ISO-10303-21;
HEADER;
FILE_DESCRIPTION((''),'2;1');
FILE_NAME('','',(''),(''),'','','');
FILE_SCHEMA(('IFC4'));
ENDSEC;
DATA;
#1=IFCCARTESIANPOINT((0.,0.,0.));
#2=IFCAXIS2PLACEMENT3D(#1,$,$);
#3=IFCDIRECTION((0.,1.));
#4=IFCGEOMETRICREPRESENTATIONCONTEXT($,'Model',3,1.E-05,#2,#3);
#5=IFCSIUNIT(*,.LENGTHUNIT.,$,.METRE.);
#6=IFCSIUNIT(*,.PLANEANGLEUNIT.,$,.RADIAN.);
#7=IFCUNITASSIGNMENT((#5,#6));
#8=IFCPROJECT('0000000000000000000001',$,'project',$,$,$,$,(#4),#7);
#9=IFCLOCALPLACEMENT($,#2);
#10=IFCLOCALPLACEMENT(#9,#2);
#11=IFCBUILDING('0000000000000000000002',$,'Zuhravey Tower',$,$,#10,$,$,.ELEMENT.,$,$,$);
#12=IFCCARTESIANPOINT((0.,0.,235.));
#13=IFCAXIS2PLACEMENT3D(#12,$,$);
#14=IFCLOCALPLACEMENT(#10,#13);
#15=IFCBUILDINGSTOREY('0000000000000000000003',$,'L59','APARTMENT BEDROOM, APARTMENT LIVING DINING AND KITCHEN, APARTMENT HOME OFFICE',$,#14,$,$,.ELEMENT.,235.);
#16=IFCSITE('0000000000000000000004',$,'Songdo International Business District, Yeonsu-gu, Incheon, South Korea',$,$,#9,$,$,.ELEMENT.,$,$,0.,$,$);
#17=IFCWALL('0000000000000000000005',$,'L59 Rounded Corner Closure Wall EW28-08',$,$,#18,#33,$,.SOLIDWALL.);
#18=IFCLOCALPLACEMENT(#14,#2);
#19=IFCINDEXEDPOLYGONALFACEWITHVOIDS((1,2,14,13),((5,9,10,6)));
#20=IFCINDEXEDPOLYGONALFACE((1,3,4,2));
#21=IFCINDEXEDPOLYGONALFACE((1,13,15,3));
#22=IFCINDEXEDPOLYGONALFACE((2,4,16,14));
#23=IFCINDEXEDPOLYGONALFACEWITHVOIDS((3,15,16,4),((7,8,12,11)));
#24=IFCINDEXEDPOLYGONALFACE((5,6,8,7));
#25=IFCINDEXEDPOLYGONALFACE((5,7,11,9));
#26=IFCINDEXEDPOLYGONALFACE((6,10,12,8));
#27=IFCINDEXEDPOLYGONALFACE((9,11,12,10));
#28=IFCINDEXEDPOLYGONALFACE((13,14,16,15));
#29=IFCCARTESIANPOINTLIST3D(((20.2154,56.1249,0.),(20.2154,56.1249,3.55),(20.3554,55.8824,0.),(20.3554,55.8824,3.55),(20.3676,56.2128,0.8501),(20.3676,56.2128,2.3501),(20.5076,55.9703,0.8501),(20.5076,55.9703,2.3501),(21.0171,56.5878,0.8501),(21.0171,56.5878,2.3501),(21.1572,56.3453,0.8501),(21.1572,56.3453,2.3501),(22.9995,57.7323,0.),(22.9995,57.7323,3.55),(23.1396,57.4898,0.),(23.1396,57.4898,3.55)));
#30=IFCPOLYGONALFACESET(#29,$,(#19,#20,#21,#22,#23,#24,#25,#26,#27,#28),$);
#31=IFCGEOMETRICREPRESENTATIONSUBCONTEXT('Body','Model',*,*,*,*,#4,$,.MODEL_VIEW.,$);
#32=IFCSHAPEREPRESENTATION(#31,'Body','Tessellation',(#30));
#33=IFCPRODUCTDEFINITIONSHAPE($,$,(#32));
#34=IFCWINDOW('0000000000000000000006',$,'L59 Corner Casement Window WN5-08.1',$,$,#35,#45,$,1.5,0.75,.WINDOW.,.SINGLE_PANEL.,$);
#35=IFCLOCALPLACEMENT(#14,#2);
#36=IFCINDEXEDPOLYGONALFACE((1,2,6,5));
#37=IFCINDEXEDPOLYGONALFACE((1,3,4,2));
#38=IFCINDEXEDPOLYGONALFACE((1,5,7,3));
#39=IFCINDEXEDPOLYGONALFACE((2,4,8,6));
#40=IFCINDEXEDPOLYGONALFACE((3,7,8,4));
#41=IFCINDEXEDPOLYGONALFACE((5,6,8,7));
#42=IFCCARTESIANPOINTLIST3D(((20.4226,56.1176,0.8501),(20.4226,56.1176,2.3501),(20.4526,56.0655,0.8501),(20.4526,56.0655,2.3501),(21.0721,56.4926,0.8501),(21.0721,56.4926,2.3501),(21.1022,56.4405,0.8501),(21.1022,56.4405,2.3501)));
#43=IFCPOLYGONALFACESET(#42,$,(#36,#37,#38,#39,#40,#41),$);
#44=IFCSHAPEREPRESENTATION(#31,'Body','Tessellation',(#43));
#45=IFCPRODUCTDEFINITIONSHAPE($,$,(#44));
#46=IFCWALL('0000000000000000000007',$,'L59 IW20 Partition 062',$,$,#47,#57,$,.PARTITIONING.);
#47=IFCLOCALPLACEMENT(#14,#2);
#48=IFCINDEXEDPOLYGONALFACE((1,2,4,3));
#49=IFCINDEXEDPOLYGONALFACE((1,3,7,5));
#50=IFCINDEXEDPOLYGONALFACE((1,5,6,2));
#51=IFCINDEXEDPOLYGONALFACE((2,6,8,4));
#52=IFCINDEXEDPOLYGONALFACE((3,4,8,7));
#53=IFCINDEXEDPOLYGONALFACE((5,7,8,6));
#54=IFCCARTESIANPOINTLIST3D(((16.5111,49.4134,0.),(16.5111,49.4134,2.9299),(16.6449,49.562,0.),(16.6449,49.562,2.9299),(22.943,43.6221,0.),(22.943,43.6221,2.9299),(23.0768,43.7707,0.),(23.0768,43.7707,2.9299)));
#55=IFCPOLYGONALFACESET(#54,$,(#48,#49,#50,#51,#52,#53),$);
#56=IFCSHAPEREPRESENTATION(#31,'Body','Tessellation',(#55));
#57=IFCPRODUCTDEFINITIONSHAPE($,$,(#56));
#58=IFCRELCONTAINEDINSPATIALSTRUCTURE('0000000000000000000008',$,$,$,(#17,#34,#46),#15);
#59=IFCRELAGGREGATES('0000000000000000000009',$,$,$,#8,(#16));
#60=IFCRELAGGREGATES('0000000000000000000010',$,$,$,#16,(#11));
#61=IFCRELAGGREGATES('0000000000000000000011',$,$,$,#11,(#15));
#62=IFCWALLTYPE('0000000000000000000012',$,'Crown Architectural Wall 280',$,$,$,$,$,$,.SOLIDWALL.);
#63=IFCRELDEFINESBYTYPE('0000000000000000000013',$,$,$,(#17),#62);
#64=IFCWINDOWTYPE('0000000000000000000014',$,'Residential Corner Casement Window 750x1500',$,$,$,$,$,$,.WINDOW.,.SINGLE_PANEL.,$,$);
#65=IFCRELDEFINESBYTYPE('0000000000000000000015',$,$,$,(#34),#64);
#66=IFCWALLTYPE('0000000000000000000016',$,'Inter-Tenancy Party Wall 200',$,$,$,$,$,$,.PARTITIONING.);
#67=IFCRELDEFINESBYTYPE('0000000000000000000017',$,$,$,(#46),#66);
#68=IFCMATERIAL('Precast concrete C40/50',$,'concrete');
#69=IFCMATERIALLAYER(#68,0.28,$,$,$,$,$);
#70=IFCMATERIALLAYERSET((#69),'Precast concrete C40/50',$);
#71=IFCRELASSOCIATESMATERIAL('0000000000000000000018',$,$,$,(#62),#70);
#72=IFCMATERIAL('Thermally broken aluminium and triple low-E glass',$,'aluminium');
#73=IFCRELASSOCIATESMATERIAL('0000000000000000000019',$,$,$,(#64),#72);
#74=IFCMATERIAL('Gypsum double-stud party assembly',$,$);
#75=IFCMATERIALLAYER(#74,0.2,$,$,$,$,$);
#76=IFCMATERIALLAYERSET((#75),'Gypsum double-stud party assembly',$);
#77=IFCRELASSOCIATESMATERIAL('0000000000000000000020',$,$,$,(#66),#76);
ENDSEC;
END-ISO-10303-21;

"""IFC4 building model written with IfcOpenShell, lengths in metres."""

from ifc_helpers import new_model, si_unit, direction, frame, frame_2d, origin, place, context, subcontext, project, spatial, rectangle, extrude, material, layer, layer_set, type_object, element, fill, save


model = new_model("IFC4")

# Units and contexts
model_context = context("Model", 3, precision=1e-05, world=origin(), true_north=direction((0.0, 1.0)))
body_context = subcontext(model_context, "Body", "Model", "MODEL_VIEW")
ifc_project = project(units=[si_unit("LENGTHUNIT", "METRE"), si_unit("PLANEANGLEUNIT", "RADIAN")], contexts=[model_context])

# Site, building, storey
site_placement = place(None, origin())
site = spatial("IfcSite", under=ifc_project, at=site_placement, Name="Songdo International Business District, Yeonsu-gu, Incheon, South Korea", CompositionType="ELEMENT", RefElevation=0.0)
building_placement = place(site_placement, origin())
building = spatial("IfcBuilding", under=site, at=building_placement, Name="Zuhravey Tower", CompositionType="ELEMENT")
storey_placement = place(building_placement, frame((0.0, 0.0, 235.0)))
storey = spatial("IfcBuildingStorey", under=building, at=storey_placement, Name="L59", Description="APARTMENT BEDROOM, APARTMENT LIVING DINING AND KITCHEN, APARTMENT HOME OFFICE", CompositionType="ELEMENT", Elevation=235.0)

# Shared definitions
ifc_material_1 = material(Name="Precast concrete C40/50", Category="concrete")
ifc_layer_1 = layer(ifc_material_1, 0.28)
ifc_layer_set_1 = layer_set([ifc_layer_1], Name="Precast concrete C40/50")
wall_type_1 = type_object("IfcWallType", Name="Crown Architectural Wall 280", PredefinedType="SOLIDWALL", material=ifc_layer_set_1)

# Wall, opening, window
wall_1_placement = place(storey_placement, frame((20.2854, 56.0037, 0.0), z_axis=(0.0, 0.0, 1.0), x_axis=(0.866029, 0.499994, 0.0)))
wall_1 = element("IfcWall", 1, at=wall_1_placement, inside=storey, type_object=wall_type_1, Name="L59 Rounded Corner Closure Wall EW28-08", PredefinedType="SOLIDWALL", context=body_context, shape_type="SweptSolid", body=[
    extrude(rectangle(XDim=3.2148, YDim=0.28, at=frame_2d((1.6074, 0.0))), origin(), (0.0, 0.0, 1.0), 3.55),
])
opening_1_placement = place(wall_1_placement, frame((0.1758, 0.0, 0.8501)))
opening_1 = element("IfcOpeningElement", 2, at=opening_1_placement, cuts=wall_1, PredefinedType="OPENING", context=body_context, shape_type="SweptSolid", body=[
    extrude(rectangle(XDim=0.75, YDim=1.5, at=frame_2d((0.375, 0.75))), frame((0.0, 0.1521, 0.0), z_axis=(0.0, -1.0, 0.0), x_axis=(1.0, 0.0, 0.0)), (0.0, 0.0, 1.0), 0.304),
])
ifc_material_2 = material(Name="Thermally broken aluminium and triple low-E glass", Category="aluminium")
window_type = type_object("IfcWindowType", Name="Residential Corner Casement Window 750x1500", PartitioningType="SINGLE_PANEL", PredefinedType="WINDOW", material=ifc_material_2)
window_placement = place(opening_1_placement, origin())
window = element("IfcWindow", 3, at=window_placement, inside=storey, type_object=window_type, Name="L59 Corner Casement Window WN5-08.1", OverallHeight=1.5, OverallWidth=0.75, PartitioningType="SINGLE_PANEL", PredefinedType="WINDOW", context=body_context, shape_type="SweptSolid", body=[
    extrude(rectangle(XDim=0.75, YDim=1.5, at=frame_2d((0.375, 0.75))), frame((0.0, 0.03, 0.0), z_axis=(0.0, -1.0, 0.0), x_axis=(1.0, 0.0, 0.0)), (0.0, 0.0, 1.0), 0.0601),
])
fill(opening_1, window)

# Wall
ifc_material_3 = material(Name="Gypsum double-stud party assembly")
ifc_layer_2 = layer(ifc_material_3, 0.2)
ifc_layer_set_2 = layer_set([ifc_layer_2], Name="Gypsum double-stud party assembly")
wall_type_2 = type_object("IfcWallType", Name="Inter-Tenancy Party Wall 200", PredefinedType="PARTITIONING", material=ifc_layer_set_2)
wall_2_placement = place(storey_placement, frame((23.01, 43.6963, 0.0), z_axis=(0.0, 0.0, 1.0), x_axis=(-0.743147, 0.669128, 0.0)))
element("IfcWall", 4, at=wall_2_placement, inside=storey, type_object=wall_type_2, Name="L59 IW20 Partition 062", PredefinedType="PARTITIONING", context=body_context, shape_type="SweptSolid", body=[
    extrude(rectangle(XDim=8.655, YDim=0.2, at=frame_2d((4.3276, 0.0))), origin(), (0.0, 0.0, 1.0), 2.9299),
])

save(model, "model.ifc")
